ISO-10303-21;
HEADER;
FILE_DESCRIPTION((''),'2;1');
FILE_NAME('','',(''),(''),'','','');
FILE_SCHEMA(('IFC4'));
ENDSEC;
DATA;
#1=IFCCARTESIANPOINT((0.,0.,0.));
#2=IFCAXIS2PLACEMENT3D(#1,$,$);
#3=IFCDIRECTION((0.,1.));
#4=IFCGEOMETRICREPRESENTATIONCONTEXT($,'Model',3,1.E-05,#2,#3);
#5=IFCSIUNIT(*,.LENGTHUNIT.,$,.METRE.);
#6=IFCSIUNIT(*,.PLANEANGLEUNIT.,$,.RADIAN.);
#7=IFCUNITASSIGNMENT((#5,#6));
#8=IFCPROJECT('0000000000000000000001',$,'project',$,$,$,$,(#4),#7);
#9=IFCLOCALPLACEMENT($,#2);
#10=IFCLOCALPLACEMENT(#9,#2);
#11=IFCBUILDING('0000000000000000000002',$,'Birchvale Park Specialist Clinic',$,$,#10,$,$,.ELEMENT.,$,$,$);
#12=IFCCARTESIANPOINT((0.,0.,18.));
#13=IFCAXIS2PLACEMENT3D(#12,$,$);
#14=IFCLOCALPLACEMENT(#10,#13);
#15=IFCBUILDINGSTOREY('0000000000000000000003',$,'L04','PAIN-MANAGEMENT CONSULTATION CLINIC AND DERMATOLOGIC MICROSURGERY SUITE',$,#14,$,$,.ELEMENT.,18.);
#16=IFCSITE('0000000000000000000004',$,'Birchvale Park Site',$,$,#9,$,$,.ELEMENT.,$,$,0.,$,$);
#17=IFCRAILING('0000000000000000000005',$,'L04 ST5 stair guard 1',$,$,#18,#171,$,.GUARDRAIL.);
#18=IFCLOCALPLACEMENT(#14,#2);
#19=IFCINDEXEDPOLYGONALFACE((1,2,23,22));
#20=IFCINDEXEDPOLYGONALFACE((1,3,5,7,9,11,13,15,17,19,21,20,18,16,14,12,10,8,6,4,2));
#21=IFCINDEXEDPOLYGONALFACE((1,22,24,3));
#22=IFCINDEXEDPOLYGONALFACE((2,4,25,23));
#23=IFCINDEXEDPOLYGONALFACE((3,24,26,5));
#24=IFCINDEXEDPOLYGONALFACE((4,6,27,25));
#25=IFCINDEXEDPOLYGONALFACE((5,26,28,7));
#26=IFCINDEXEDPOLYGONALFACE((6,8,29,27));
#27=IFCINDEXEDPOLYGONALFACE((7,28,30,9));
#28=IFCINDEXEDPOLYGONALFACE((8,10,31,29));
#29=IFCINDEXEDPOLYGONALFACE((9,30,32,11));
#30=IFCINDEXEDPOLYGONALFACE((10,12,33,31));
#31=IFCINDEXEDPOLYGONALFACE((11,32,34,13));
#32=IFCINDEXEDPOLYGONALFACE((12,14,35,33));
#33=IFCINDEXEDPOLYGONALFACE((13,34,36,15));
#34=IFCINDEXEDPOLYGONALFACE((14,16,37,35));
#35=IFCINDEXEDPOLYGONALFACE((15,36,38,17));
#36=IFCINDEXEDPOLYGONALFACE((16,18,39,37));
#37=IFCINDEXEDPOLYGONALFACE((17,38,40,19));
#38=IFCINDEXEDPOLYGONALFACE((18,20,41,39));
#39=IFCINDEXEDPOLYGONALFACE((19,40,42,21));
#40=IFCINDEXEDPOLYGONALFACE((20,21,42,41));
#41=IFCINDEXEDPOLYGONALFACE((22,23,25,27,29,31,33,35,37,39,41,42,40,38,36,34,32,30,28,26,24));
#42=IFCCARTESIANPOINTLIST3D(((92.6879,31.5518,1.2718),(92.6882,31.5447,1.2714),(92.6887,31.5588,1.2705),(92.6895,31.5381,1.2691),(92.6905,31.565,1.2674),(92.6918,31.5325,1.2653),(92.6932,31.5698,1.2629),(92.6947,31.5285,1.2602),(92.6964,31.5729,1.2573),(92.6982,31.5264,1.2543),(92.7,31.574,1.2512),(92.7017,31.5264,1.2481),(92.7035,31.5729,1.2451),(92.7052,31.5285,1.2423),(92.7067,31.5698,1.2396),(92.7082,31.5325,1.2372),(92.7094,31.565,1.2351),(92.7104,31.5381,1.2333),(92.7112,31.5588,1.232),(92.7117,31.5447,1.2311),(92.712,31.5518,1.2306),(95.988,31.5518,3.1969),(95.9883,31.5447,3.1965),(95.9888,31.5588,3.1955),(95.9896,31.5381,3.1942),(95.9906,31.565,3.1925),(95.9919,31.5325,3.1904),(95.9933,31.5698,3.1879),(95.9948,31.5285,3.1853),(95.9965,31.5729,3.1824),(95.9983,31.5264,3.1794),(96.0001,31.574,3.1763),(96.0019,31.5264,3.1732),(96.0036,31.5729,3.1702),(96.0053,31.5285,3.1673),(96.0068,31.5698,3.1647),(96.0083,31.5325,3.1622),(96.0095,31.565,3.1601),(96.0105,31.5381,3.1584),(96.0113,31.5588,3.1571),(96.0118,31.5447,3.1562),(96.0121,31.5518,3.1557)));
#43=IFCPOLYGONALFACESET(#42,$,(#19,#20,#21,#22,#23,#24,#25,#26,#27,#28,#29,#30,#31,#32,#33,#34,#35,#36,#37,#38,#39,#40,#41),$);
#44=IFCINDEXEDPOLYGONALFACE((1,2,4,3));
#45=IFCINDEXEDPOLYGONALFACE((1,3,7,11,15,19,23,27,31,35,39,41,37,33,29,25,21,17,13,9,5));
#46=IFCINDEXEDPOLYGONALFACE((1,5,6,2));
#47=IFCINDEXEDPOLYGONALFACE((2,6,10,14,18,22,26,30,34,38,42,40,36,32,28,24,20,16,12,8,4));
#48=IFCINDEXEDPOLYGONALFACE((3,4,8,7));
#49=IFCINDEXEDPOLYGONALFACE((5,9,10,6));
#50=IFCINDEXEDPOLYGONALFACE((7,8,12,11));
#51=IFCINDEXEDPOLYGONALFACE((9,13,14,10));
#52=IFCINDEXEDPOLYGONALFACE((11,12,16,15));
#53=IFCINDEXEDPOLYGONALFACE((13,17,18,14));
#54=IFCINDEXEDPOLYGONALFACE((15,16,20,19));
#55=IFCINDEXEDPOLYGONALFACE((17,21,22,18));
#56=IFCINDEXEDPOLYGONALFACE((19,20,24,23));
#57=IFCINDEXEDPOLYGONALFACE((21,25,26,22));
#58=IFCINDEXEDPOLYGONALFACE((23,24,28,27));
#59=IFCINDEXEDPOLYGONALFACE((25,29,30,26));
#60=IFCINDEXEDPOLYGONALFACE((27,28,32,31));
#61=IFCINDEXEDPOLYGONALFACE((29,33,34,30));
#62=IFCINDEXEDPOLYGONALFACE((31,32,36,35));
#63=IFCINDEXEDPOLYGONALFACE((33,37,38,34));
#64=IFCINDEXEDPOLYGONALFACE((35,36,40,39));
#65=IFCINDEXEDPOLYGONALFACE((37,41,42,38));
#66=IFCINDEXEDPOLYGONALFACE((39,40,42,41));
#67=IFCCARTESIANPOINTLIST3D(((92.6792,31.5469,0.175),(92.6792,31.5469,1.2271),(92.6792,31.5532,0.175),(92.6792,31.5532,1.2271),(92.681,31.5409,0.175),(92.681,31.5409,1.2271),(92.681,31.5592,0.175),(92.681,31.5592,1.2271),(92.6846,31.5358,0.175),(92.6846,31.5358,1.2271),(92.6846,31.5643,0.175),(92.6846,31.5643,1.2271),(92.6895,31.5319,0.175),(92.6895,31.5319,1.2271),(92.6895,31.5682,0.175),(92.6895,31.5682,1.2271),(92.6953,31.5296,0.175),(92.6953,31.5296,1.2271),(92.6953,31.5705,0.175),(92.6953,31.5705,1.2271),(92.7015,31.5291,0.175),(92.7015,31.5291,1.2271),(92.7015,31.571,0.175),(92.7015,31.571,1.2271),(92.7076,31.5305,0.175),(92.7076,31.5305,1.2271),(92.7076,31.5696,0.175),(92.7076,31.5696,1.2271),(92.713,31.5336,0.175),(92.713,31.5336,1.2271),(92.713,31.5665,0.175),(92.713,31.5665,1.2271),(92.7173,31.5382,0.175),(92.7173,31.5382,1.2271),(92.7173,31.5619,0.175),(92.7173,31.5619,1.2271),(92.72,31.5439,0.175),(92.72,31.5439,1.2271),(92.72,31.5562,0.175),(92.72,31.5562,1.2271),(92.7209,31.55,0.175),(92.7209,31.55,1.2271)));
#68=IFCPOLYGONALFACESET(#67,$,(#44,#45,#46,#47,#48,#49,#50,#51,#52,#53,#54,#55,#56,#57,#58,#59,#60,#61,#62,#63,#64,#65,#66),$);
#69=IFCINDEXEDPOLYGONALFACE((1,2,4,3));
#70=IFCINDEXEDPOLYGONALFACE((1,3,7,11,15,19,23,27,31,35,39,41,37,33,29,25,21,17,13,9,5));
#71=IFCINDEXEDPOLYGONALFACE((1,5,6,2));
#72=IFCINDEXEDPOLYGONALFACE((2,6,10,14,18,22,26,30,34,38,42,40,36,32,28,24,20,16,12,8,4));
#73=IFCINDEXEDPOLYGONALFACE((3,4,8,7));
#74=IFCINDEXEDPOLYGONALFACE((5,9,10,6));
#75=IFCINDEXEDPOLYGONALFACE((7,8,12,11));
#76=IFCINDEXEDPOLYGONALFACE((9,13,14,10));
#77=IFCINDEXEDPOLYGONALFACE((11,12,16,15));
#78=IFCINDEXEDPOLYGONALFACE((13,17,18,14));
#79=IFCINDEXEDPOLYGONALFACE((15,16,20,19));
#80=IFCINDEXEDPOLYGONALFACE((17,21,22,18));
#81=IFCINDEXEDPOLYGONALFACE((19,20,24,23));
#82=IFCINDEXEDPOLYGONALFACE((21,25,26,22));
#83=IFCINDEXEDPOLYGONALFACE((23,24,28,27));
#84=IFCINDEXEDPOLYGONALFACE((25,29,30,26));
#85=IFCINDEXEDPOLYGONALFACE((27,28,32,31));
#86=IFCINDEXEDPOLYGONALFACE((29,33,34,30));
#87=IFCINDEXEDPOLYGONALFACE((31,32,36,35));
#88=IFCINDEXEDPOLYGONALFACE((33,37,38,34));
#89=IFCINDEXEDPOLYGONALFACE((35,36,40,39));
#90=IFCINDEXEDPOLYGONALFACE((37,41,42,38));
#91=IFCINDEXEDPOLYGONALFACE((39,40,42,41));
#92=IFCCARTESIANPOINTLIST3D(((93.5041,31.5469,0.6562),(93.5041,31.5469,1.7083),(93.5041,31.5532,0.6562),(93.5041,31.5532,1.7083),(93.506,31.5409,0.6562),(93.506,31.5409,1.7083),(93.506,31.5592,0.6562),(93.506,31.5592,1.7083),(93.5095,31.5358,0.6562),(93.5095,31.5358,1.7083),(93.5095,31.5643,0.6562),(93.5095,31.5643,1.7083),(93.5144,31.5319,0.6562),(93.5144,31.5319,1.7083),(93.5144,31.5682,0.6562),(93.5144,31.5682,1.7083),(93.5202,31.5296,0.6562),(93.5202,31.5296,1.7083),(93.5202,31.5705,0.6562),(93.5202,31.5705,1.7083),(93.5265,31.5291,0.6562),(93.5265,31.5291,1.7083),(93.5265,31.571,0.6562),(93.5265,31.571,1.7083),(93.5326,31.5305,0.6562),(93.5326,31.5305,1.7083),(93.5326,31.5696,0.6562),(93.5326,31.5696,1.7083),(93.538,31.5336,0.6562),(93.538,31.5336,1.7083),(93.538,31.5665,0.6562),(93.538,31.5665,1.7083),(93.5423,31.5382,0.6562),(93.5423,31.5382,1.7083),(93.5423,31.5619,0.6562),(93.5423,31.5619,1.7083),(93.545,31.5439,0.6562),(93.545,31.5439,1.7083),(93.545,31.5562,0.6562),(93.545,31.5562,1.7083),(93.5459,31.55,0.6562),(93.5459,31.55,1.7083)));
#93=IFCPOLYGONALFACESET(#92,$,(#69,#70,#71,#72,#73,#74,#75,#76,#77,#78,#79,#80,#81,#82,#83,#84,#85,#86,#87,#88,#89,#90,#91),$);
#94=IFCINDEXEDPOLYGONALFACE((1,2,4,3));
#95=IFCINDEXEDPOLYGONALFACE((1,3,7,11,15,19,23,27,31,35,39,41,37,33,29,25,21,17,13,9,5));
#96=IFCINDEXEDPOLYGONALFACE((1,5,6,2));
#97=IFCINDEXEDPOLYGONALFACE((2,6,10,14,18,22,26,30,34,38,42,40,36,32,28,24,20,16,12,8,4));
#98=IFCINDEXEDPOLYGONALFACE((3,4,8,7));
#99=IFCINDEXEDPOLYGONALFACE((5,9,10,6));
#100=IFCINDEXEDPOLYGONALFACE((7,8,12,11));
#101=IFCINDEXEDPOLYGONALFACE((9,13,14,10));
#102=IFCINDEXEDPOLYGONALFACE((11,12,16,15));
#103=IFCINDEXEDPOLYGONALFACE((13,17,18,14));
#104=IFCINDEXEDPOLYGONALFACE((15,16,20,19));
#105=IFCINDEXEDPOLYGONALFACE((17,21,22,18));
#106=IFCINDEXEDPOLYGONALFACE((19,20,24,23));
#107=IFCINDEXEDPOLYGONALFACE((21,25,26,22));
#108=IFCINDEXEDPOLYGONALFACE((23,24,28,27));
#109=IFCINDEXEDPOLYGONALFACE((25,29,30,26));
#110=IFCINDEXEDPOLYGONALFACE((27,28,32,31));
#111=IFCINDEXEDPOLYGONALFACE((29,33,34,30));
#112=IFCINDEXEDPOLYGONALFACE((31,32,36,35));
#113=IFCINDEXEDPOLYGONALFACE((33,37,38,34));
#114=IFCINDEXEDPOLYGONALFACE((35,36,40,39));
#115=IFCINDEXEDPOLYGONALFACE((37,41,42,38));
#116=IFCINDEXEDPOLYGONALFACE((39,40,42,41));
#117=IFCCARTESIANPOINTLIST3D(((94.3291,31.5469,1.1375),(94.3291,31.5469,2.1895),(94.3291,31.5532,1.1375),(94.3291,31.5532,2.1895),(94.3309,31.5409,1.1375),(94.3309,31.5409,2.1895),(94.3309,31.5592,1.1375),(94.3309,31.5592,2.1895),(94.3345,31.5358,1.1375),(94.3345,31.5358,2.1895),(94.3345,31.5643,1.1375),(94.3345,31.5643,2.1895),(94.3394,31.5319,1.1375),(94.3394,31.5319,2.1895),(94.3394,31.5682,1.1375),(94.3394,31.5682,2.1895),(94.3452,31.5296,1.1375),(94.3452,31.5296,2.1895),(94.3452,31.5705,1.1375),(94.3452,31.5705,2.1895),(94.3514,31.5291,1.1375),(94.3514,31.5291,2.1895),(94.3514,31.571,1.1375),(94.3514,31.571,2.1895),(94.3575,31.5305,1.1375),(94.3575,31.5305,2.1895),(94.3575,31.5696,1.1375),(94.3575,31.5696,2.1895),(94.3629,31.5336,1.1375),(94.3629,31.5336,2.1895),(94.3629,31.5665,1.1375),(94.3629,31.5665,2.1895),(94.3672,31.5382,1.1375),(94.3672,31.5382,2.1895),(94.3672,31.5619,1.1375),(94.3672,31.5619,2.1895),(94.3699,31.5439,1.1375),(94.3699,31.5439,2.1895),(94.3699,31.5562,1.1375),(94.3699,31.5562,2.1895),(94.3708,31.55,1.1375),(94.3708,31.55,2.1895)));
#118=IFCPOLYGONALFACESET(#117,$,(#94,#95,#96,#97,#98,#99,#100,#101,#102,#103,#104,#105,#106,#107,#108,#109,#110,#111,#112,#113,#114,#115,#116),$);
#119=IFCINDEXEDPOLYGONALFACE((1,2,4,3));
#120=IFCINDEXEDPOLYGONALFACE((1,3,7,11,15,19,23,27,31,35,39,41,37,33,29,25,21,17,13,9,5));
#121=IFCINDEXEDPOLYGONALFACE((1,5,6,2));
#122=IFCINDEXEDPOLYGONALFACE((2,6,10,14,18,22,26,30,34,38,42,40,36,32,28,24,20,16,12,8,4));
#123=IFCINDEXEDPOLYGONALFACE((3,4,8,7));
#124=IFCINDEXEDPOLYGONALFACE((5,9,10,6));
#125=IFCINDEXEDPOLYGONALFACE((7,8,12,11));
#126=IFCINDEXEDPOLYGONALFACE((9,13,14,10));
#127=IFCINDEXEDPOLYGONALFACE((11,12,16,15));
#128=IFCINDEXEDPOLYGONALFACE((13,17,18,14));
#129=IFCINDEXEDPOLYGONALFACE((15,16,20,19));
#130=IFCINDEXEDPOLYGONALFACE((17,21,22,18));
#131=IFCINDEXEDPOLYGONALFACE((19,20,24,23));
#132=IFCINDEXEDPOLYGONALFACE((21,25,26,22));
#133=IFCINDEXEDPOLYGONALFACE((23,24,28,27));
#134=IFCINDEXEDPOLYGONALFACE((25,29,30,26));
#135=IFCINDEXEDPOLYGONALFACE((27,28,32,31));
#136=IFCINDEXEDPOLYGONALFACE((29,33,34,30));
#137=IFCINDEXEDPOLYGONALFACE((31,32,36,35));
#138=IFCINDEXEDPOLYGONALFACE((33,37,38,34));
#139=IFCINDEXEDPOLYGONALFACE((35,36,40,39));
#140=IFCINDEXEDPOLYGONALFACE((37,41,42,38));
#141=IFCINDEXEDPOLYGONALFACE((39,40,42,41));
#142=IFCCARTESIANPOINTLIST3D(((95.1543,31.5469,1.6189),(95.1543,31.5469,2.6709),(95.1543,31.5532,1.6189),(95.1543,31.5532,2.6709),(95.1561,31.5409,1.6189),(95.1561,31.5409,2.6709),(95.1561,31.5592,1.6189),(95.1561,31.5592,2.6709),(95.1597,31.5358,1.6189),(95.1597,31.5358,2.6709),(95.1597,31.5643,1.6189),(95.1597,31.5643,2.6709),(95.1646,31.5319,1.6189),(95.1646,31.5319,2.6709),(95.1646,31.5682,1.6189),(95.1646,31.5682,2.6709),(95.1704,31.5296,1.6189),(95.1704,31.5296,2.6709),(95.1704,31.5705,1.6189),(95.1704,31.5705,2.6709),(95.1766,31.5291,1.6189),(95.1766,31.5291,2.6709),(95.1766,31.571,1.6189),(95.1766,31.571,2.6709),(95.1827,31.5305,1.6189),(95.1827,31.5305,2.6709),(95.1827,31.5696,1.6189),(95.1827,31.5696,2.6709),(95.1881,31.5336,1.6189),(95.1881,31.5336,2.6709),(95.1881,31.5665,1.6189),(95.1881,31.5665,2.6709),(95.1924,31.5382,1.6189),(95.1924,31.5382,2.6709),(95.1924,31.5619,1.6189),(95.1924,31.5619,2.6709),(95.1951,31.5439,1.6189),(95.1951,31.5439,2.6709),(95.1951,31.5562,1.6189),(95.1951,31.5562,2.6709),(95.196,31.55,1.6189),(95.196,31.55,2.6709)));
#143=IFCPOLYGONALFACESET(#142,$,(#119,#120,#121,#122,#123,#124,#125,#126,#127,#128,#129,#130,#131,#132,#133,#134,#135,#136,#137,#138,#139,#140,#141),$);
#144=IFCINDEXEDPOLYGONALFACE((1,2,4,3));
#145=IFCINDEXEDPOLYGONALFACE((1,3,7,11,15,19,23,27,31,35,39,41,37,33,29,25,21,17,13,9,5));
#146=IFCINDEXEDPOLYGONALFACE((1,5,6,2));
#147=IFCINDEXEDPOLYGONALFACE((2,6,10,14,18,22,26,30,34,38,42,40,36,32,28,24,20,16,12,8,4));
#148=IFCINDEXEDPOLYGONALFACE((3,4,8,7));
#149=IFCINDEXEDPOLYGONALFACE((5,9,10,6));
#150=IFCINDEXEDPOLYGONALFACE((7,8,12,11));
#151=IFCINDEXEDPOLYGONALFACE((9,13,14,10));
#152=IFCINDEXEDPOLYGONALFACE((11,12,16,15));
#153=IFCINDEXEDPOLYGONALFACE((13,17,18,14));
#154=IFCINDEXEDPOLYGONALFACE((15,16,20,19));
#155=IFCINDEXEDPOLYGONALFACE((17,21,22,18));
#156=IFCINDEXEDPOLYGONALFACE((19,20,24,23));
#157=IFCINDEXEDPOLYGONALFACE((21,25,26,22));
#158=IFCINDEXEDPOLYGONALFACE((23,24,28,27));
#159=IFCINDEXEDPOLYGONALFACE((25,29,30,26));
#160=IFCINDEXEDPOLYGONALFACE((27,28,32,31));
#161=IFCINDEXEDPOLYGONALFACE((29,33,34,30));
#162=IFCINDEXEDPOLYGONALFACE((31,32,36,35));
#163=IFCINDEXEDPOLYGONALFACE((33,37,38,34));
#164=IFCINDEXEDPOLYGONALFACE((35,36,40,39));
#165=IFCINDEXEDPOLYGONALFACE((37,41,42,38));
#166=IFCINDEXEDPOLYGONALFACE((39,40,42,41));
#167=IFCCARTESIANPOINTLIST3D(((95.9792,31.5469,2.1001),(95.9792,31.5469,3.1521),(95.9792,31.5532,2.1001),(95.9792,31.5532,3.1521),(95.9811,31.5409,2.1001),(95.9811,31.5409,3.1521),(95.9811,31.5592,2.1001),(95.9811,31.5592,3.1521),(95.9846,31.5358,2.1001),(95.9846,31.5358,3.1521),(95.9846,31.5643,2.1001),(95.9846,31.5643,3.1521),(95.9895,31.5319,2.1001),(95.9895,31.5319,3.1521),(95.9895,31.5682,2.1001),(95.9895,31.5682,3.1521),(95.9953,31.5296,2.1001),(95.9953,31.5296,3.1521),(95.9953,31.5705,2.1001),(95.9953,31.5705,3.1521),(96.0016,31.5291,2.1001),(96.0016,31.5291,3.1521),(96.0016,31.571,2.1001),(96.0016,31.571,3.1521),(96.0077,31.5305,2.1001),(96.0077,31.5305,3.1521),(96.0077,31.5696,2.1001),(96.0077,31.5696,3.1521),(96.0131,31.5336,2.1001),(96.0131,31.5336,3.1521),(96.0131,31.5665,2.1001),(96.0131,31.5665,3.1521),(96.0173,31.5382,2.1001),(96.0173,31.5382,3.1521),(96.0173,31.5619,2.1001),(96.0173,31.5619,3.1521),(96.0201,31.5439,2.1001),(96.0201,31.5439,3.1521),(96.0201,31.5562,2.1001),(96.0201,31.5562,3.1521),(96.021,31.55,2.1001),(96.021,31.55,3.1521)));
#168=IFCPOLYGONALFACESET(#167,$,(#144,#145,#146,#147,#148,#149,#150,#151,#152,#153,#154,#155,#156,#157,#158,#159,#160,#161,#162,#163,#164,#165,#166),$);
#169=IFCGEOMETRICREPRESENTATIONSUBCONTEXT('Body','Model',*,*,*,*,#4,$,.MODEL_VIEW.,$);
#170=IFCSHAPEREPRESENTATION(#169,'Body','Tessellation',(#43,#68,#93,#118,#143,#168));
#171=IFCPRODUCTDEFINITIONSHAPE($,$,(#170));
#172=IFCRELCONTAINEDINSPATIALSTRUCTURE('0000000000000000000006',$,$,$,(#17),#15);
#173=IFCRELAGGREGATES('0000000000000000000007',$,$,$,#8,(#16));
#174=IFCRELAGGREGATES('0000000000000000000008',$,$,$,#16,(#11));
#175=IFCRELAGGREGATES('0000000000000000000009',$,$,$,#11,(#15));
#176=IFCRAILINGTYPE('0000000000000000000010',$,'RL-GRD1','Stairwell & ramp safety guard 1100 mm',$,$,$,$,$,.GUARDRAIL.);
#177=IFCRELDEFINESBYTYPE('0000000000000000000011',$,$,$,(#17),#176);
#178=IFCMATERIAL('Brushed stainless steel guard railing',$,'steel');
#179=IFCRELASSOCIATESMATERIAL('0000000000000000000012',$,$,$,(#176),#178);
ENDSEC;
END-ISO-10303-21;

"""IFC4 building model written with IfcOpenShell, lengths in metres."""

from ifc_helpers import new_model, si_unit, direction, frame, origin, origin_2d, place, context, subcontext, project, spatial, circle, extrude, material, type_object, element, save


model = new_model("IFC4")

# Units and contexts
model_context = context("Model", 3, precision=1e-05, world=origin(), true_north=direction((0.0, 1.0)))
body_context = subcontext(model_context, "Body", "Model", "MODEL_VIEW")
ifc_project = project(units=[si_unit("LENGTHUNIT", "METRE"), si_unit("PLANEANGLEUNIT", "RADIAN")], contexts=[model_context])

# Site, building, storey
site_placement = place(None, origin())
site = spatial("IfcSite", under=ifc_project, at=site_placement, Name="Birchvale Park Site", CompositionType="ELEMENT", RefElevation=0.0)
building_placement = place(site_placement, origin())
building = spatial("IfcBuilding", under=site, at=building_placement, Name="Birchvale Park Specialist Clinic", CompositionType="ELEMENT")
storey_placement = place(building_placement, frame((0.0, 0.0, 18.0)))
storey = spatial("IfcBuildingStorey", under=building, at=storey_placement, Name="L04", Description="PAIN-MANAGEMENT CONSULTATION CLINIC AND DERMATOLOGIC MICROSURGERY SUITE", CompositionType="ELEMENT", Elevation=18.0)

# Railing
ifc_material_1 = material(Name="Brushed stainless steel guard railing", Category="steel")
railing_type_1 = type_object("IfcRailingType", Name="RL-GRD1", Description="Stairwell & ramp safety guard 1100 mm", PredefinedType="GUARDRAIL", material=ifc_material_1)
railing_1_placement = place(storey_placement, frame((92.7, 31.55, 0.175)))
element("IfcRailing", 1, at=railing_1_placement, inside=storey, type_object=railing_type_1, Name="L04 ST5 stair guard 1", PredefinedType="GUARDRAIL", context=body_context, shape_type="SweptSolid", body=[
    extrude(circle(Radius=0.0239, at=origin_2d()), frame((0.0, 0.0, 1.0762), z_axis=(0.863777, 0.0, 0.503875), x_axis=(0.0, 1.0, 0.0)), (0.0, 0.0, 1.0), 3.8206),
    extrude(circle(Radius=0.021, at=origin_2d()), origin(), (0.0, 0.0, 1.0), 1.052),
    extrude(circle(Radius=0.021, at=origin_2d()), frame((0.825, 0.0, 0.4812)), (0.0, 0.0, 1.0), 1.052),
    extrude(circle(Radius=0.021, at=origin_2d()), frame((1.6499, 0.0, 0.9624)), (0.0, 0.0, 1.0), 1.052),
    extrude(circle(Radius=0.021, at=origin_2d()), frame((2.4751, 0.0, 1.4438)), (0.0, 0.0, 1.0), 1.052),
    extrude(circle(Radius=0.021, at=origin_2d()), frame((3.3, 0.0, 1.925)), (0.0, 0.0, 1.0), 1.052),
])

save(model, "model.ifc")
